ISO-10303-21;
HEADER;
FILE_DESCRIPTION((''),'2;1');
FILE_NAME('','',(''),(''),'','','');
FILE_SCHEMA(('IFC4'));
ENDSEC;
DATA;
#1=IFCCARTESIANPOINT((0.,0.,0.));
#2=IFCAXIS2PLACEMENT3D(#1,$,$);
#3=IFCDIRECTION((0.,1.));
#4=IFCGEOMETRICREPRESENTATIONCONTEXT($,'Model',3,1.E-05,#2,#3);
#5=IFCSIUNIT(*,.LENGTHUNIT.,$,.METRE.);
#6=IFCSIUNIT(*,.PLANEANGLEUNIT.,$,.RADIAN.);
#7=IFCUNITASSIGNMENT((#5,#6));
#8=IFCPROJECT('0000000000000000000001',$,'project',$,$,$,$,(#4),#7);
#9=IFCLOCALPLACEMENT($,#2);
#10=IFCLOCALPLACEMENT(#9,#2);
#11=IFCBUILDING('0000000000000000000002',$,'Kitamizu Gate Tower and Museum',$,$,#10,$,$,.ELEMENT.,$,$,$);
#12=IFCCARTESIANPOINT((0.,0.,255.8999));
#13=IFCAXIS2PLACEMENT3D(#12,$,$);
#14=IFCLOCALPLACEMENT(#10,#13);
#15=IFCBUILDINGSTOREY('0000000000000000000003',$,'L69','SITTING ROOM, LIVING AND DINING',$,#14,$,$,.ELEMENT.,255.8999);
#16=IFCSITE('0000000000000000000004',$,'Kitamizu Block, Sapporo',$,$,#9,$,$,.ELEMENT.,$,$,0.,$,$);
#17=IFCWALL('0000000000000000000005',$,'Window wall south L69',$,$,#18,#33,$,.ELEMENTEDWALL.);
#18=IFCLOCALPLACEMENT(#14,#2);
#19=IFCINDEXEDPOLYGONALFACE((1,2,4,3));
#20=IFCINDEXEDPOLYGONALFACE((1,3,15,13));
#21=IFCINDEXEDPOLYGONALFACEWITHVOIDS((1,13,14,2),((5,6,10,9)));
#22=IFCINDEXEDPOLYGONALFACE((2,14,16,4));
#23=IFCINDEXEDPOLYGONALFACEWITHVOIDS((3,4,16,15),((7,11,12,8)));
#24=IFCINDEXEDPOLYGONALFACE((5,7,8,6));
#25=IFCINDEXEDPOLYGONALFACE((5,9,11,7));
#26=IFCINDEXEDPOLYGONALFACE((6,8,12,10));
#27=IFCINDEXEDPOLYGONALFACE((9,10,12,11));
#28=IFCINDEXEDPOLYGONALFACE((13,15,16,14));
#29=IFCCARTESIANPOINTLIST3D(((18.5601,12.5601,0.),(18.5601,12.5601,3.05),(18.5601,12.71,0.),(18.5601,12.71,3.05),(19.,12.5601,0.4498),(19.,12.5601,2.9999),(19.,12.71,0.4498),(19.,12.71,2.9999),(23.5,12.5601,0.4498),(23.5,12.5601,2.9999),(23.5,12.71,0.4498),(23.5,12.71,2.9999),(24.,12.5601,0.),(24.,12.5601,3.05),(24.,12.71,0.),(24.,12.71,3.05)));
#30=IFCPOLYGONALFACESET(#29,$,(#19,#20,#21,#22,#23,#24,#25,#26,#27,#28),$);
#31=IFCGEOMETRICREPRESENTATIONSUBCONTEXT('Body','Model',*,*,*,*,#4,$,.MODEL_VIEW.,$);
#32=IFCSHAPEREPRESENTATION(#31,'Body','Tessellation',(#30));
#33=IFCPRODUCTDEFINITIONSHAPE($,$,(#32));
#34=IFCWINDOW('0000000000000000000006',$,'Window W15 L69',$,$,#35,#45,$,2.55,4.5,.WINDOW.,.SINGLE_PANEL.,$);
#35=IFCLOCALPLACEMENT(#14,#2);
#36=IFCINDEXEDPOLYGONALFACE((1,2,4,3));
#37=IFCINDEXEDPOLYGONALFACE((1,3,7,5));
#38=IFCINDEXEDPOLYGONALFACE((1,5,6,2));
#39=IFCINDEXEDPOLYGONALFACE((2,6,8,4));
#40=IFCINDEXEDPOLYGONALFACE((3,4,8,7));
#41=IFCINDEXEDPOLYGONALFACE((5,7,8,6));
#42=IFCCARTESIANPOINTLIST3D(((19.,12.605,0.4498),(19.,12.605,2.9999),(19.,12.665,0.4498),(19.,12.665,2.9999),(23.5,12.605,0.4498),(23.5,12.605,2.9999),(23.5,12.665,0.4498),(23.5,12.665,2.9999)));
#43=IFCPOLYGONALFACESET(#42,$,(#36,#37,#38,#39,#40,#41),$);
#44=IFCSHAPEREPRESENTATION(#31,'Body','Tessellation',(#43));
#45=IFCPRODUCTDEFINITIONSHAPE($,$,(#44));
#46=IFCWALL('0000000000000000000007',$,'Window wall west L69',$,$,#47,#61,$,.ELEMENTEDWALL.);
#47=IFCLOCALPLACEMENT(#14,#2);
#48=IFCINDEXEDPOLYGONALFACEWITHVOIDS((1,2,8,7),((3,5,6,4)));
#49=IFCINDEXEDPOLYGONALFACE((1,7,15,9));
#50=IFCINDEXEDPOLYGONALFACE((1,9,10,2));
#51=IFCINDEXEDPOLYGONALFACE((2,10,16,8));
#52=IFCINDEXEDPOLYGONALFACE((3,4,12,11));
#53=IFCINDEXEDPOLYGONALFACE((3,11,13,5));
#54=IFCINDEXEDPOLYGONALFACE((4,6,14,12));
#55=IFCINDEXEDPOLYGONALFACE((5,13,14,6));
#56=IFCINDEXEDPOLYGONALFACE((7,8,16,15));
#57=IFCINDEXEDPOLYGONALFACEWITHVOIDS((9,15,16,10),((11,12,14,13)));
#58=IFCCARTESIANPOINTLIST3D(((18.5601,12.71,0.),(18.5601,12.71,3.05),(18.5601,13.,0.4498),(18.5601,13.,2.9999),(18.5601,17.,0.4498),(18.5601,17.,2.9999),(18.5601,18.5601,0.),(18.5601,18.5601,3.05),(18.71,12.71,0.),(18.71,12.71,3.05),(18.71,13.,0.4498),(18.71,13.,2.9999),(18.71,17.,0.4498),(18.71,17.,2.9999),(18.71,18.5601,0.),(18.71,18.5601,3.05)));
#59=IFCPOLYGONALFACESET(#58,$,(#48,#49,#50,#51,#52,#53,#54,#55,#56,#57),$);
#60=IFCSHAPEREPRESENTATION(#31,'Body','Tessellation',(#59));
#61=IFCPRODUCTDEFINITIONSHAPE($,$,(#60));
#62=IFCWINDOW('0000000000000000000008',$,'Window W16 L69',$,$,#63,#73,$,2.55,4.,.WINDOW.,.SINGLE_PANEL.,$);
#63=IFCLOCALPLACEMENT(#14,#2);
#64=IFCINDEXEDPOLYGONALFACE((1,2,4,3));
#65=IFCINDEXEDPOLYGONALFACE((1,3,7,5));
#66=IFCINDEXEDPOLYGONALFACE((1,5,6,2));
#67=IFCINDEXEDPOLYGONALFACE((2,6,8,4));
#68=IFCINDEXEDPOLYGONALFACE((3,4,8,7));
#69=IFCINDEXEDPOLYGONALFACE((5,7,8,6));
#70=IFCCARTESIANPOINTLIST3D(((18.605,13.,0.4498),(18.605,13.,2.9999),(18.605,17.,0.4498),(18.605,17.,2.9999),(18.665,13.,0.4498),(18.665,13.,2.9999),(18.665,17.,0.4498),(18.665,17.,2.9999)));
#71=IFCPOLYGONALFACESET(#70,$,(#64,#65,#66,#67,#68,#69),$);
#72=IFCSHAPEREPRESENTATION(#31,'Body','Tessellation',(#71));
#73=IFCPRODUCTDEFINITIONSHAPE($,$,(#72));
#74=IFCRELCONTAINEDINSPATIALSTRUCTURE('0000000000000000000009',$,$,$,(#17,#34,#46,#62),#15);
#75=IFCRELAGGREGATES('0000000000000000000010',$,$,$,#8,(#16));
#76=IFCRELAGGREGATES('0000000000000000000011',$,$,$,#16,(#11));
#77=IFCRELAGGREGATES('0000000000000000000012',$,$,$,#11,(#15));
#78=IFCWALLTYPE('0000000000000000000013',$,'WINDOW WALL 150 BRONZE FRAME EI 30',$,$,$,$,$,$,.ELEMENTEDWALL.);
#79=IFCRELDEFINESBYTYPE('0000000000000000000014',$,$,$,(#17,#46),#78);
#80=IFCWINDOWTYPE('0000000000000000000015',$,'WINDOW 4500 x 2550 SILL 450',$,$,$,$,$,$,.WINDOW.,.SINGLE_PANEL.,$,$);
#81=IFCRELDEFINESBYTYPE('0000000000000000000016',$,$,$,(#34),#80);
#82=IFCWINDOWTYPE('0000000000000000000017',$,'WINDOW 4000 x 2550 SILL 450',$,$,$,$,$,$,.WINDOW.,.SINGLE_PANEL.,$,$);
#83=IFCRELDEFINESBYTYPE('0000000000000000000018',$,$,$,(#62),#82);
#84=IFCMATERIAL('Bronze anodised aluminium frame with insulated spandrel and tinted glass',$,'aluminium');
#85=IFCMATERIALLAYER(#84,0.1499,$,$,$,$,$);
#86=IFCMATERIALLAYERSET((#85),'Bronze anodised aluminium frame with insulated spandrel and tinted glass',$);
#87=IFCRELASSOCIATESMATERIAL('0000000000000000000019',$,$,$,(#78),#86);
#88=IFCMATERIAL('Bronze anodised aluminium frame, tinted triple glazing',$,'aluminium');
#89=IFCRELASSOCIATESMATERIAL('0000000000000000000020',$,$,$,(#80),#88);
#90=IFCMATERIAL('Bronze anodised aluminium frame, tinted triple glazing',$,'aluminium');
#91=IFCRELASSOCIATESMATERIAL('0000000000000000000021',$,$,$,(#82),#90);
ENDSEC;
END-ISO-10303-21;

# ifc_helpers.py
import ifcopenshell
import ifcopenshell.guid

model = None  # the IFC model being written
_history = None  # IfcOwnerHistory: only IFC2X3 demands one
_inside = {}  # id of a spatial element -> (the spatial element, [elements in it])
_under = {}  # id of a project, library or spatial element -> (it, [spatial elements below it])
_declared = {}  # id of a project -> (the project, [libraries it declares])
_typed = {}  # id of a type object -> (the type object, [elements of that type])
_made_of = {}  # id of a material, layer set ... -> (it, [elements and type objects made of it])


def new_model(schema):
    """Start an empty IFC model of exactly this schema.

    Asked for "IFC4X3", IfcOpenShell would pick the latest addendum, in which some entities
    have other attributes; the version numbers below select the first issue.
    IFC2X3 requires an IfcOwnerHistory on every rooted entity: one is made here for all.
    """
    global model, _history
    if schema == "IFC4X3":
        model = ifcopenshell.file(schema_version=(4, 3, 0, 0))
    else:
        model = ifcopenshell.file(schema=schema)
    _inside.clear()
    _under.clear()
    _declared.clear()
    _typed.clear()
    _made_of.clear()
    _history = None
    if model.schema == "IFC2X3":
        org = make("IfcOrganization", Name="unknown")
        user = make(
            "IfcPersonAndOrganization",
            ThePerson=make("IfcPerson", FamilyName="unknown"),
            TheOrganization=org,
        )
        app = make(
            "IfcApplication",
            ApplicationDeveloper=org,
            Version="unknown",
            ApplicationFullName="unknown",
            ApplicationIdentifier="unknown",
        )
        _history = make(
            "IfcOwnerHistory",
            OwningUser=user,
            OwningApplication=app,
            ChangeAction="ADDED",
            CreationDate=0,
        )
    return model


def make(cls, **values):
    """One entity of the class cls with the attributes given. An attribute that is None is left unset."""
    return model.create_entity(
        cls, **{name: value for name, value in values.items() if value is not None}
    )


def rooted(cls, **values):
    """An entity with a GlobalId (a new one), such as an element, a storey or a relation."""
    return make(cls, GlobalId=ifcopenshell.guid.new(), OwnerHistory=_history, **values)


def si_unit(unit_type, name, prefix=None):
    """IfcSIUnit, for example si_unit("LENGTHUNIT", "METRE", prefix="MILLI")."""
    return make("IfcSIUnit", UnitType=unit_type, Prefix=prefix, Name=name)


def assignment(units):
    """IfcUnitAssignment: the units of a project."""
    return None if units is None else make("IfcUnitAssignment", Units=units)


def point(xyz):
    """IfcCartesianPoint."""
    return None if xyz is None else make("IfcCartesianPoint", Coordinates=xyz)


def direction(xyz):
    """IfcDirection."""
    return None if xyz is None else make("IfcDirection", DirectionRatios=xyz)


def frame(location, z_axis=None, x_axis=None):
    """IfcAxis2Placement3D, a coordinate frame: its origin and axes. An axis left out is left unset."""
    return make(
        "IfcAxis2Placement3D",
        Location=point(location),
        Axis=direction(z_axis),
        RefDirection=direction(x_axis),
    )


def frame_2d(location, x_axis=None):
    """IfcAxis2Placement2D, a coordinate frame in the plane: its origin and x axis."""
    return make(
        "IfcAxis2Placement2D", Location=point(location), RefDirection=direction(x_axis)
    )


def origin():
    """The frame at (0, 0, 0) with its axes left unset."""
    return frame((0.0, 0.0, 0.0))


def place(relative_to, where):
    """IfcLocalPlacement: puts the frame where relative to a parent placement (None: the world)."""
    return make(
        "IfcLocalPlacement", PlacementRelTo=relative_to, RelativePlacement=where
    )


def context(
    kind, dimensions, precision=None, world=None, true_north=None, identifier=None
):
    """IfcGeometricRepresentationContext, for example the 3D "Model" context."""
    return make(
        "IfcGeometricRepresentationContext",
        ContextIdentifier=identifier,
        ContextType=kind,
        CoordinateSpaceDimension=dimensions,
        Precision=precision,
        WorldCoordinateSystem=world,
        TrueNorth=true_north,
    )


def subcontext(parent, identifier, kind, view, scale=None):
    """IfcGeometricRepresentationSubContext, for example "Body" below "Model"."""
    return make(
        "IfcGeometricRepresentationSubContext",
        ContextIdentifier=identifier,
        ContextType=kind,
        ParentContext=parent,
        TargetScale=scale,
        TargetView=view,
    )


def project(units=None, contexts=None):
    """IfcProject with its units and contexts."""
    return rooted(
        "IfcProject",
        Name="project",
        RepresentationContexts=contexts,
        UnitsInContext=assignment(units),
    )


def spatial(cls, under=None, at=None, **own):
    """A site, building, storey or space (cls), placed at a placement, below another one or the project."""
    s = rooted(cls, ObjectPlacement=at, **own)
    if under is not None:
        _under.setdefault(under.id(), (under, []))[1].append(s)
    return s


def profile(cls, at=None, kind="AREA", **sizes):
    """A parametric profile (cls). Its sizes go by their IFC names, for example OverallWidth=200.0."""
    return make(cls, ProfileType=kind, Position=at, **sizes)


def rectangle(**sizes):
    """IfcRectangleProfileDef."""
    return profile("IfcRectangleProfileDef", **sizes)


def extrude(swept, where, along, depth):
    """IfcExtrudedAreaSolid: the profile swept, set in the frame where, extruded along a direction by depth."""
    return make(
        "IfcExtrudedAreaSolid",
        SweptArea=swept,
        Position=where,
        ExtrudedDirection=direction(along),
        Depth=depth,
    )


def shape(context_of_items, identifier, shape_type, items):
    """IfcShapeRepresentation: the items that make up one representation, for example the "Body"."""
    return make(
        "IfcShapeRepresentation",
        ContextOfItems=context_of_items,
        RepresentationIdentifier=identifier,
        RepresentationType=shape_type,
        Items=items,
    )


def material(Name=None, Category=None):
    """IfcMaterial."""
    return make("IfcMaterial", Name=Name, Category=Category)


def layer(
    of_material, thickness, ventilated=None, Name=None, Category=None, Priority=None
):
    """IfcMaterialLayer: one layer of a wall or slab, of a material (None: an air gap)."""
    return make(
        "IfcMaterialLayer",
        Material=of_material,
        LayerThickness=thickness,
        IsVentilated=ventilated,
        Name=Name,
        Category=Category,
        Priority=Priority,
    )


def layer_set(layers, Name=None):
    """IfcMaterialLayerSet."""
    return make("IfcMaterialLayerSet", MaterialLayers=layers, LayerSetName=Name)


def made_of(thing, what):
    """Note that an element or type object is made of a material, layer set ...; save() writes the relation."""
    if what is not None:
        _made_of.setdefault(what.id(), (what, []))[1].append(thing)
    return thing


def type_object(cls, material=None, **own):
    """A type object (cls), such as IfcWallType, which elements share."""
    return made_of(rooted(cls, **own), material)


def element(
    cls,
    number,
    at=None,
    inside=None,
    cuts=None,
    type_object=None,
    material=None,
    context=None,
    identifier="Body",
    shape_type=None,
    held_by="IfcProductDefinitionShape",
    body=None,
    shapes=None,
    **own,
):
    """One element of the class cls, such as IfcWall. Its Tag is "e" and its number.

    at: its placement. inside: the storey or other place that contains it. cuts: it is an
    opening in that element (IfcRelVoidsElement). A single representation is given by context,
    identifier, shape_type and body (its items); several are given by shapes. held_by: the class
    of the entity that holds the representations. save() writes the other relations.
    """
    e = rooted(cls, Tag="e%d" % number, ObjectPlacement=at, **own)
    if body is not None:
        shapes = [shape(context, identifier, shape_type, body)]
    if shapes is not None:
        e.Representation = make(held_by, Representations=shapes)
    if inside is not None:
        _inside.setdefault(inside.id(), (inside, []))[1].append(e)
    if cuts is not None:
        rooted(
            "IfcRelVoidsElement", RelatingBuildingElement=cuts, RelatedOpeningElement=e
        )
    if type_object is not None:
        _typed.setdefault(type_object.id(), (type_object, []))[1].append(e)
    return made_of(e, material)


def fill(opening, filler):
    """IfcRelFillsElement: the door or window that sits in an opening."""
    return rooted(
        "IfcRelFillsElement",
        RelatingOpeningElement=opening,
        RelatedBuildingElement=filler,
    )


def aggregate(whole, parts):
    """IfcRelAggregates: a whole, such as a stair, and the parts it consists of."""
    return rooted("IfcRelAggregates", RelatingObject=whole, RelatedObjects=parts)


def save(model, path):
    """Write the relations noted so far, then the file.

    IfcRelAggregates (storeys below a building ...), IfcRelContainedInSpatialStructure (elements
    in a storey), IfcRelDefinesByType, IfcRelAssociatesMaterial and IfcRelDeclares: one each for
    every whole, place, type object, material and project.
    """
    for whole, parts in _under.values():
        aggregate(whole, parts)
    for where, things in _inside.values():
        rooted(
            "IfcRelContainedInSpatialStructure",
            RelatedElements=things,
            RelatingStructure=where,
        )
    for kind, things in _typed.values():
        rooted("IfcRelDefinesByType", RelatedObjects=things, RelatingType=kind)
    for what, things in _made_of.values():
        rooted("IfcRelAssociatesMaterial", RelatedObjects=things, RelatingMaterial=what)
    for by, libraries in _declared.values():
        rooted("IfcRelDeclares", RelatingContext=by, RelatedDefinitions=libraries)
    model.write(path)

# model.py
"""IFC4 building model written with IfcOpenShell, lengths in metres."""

from ifc_helpers import new_model, si_unit, direction, frame, frame_2d, origin, place, context, subcontext, project, spatial, rectangle, extrude, material, layer, layer_set, type_object, element, fill, save


model = new_model("IFC4")

# Units and contexts
model_context = context("Model", 3, precision=1e-05, world=origin(), true_north=direction((0.0, 1.0)))
body_context = subcontext(model_context, "Body", "Model", "MODEL_VIEW")
ifc_project = project(units=[si_unit("LENGTHUNIT", "METRE"), si_unit("PLANEANGLEUNIT", "RADIAN")], contexts=[model_context])

# Site, building, storey
site_placement = place(None, origin())
site = spatial("IfcSite", under=ifc_project, at=site_placement, Name="Kitamizu Block, Sapporo", CompositionType="ELEMENT", RefElevation=0.0)
building_placement = place(site_placement, origin())
building = spatial("IfcBuilding", under=site, at=building_placement, Name="Kitamizu Gate Tower and Museum", CompositionType="ELEMENT")
storey_placement = place(building_placement, frame((0.0, 0.0, 255.8999)))
storey = spatial("IfcBuildingStorey", under=building, at=storey_placement, Name="L69", Description="SITTING ROOM, LIVING AND DINING", CompositionType="ELEMENT", Elevation=255.8999)

# Walls, openings, windows
ifc_material_1 = material(Name="Bronze anodised aluminium frame with insulated spandrel and tinted glass", Category="aluminium")
ifc_layer_1 = layer(ifc_material_1, 0.1499)
ifc_layer_set_1 = layer_set([ifc_layer_1], Name="Bronze anodised aluminium frame with insulated spandrel and tinted glass")
wall_type_1 = type_object("IfcWallType", Name="WINDOW WALL 150 BRONZE FRAME EI 30", PredefinedType="ELEMENTEDWALL", material=ifc_layer_set_1)
wall_1_placement = place(storey_placement, frame((18.5601, 12.635, 0.0), z_axis=(0.0, 0.0, 1.0), x_axis=(1.0, 0.0, 0.0)))
wall_1 = element("IfcWall", 1, at=wall_1_placement, inside=storey, type_object=wall_type_1, Name="Window wall south L69", PredefinedType="ELEMENTEDWALL", context=body_context, shape_type="SweptSolid", body=[
    extrude(rectangle(XDim=5.4399, YDim=0.1499, at=frame_2d((2.72, 0.0))), origin(), (0.0, 0.0, 1.0), 3.05),
])
opening_1_placement = place(wall_1_placement, frame((0.4399, 0.0, 0.45)))
opening_1 = element("IfcOpeningElement", 2, at=opening_1_placement, cuts=wall_1, PredefinedType="OPENING", context=body_context, shape_type="SweptSolid", body=[
    extrude(rectangle(XDim=4.5, YDim=2.55, at=frame_2d((2.25, 1.2749))), frame((0.0, 0.085, 0.0), z_axis=(0.0, -1.0, 0.0), x_axis=(1.0, 0.0, 0.0)), (0.0, 0.0, 1.0), 0.1699),
])
ifc_material_2 = material(Name="Bronze anodised aluminium frame, tinted triple glazing", Category="aluminium")
window_type_1 = type_object("IfcWindowType", Name="WINDOW 4500 x 2550 SILL 450", PartitioningType="SINGLE_PANEL", PredefinedType="WINDOW", material=ifc_material_2)
window_1_placement = place(opening_1_placement, origin())
window_1 = element("IfcWindow", 3, at=window_1_placement, inside=storey, type_object=window_type_1, Name="Window W15 L69", OverallHeight=2.55, OverallWidth=4.5, PartitioningType="SINGLE_PANEL", PredefinedType="WINDOW", context=body_context, shape_type="SweptSolid", body=[
    extrude(rectangle(XDim=4.5, YDim=2.55, at=frame_2d((2.25, 1.2749))), frame((0.0, 0.03, 0.0), z_axis=(0.0, -1.0, 0.0), x_axis=(1.0, 0.0, 0.0)), (0.0, 0.0, 1.0), 0.0601),
])
fill(opening_1, window_1)
wall_2_placement = place(storey_placement, frame((18.635, 12.71, 0.0), z_axis=(0.0, 0.0, 1.0), x_axis=(0.0, 1.0, 0.0)))
wall_2 = element("IfcWall", 4, at=wall_2_placement, inside=storey, type_object=wall_type_1, Name="Window wall west L69", PredefinedType="ELEMENTEDWALL", context=body_context, shape_type="SweptSolid", body=[
    extrude(rectangle(XDim=5.8501, YDim=0.1499, at=frame_2d((2.925, 0.0))), origin(), (0.0, 0.0, 1.0), 3.05),
])
opening_2_placement = place(wall_2_placement, frame((0.29, 0.0, 0.45)))
opening_2 = element("IfcOpeningElement", 5, at=opening_2_placement, cuts=wall_2, PredefinedType="OPENING", context=body_context, shape_type="SweptSolid", body=[
    extrude(rectangle(XDim=4.0, YDim=2.55, at=frame_2d((2.0, 1.2749))), frame((0.0, 0.085, 0.0), z_axis=(0.0, -1.0, 0.0), x_axis=(1.0, 0.0, 0.0)), (0.0, 0.0, 1.0), 0.1699),
])
ifc_material_3 = material(Name="Bronze anodised aluminium frame, tinted triple glazing", Category="aluminium")
window_type_2 = type_object("IfcWindowType", Name="WINDOW 4000 x 2550 SILL 450", PartitioningType="SINGLE_PANEL", PredefinedType="WINDOW", material=ifc_material_3)
window_2_placement = place(opening_2_placement, origin())
window_2 = element("IfcWindow", 6, at=window_2_placement, inside=storey, type_object=window_type_2, Name="Window W16 L69", OverallHeight=2.55, OverallWidth=4.0, PartitioningType="SINGLE_PANEL", PredefinedType="WINDOW", context=body_context, shape_type="SweptSolid", body=[
    extrude(rectangle(XDim=4.0, YDim=2.55, at=frame_2d((2.0, 1.2749))), frame((0.0, 0.03, 0.0), z_axis=(0.0, -1.0, 0.0), x_axis=(1.0, 0.0, 0.0)), (0.0, 0.0, 1.0), 0.0601),
])
fill(opening_2, window_2)

save(model, "model.ifc")
